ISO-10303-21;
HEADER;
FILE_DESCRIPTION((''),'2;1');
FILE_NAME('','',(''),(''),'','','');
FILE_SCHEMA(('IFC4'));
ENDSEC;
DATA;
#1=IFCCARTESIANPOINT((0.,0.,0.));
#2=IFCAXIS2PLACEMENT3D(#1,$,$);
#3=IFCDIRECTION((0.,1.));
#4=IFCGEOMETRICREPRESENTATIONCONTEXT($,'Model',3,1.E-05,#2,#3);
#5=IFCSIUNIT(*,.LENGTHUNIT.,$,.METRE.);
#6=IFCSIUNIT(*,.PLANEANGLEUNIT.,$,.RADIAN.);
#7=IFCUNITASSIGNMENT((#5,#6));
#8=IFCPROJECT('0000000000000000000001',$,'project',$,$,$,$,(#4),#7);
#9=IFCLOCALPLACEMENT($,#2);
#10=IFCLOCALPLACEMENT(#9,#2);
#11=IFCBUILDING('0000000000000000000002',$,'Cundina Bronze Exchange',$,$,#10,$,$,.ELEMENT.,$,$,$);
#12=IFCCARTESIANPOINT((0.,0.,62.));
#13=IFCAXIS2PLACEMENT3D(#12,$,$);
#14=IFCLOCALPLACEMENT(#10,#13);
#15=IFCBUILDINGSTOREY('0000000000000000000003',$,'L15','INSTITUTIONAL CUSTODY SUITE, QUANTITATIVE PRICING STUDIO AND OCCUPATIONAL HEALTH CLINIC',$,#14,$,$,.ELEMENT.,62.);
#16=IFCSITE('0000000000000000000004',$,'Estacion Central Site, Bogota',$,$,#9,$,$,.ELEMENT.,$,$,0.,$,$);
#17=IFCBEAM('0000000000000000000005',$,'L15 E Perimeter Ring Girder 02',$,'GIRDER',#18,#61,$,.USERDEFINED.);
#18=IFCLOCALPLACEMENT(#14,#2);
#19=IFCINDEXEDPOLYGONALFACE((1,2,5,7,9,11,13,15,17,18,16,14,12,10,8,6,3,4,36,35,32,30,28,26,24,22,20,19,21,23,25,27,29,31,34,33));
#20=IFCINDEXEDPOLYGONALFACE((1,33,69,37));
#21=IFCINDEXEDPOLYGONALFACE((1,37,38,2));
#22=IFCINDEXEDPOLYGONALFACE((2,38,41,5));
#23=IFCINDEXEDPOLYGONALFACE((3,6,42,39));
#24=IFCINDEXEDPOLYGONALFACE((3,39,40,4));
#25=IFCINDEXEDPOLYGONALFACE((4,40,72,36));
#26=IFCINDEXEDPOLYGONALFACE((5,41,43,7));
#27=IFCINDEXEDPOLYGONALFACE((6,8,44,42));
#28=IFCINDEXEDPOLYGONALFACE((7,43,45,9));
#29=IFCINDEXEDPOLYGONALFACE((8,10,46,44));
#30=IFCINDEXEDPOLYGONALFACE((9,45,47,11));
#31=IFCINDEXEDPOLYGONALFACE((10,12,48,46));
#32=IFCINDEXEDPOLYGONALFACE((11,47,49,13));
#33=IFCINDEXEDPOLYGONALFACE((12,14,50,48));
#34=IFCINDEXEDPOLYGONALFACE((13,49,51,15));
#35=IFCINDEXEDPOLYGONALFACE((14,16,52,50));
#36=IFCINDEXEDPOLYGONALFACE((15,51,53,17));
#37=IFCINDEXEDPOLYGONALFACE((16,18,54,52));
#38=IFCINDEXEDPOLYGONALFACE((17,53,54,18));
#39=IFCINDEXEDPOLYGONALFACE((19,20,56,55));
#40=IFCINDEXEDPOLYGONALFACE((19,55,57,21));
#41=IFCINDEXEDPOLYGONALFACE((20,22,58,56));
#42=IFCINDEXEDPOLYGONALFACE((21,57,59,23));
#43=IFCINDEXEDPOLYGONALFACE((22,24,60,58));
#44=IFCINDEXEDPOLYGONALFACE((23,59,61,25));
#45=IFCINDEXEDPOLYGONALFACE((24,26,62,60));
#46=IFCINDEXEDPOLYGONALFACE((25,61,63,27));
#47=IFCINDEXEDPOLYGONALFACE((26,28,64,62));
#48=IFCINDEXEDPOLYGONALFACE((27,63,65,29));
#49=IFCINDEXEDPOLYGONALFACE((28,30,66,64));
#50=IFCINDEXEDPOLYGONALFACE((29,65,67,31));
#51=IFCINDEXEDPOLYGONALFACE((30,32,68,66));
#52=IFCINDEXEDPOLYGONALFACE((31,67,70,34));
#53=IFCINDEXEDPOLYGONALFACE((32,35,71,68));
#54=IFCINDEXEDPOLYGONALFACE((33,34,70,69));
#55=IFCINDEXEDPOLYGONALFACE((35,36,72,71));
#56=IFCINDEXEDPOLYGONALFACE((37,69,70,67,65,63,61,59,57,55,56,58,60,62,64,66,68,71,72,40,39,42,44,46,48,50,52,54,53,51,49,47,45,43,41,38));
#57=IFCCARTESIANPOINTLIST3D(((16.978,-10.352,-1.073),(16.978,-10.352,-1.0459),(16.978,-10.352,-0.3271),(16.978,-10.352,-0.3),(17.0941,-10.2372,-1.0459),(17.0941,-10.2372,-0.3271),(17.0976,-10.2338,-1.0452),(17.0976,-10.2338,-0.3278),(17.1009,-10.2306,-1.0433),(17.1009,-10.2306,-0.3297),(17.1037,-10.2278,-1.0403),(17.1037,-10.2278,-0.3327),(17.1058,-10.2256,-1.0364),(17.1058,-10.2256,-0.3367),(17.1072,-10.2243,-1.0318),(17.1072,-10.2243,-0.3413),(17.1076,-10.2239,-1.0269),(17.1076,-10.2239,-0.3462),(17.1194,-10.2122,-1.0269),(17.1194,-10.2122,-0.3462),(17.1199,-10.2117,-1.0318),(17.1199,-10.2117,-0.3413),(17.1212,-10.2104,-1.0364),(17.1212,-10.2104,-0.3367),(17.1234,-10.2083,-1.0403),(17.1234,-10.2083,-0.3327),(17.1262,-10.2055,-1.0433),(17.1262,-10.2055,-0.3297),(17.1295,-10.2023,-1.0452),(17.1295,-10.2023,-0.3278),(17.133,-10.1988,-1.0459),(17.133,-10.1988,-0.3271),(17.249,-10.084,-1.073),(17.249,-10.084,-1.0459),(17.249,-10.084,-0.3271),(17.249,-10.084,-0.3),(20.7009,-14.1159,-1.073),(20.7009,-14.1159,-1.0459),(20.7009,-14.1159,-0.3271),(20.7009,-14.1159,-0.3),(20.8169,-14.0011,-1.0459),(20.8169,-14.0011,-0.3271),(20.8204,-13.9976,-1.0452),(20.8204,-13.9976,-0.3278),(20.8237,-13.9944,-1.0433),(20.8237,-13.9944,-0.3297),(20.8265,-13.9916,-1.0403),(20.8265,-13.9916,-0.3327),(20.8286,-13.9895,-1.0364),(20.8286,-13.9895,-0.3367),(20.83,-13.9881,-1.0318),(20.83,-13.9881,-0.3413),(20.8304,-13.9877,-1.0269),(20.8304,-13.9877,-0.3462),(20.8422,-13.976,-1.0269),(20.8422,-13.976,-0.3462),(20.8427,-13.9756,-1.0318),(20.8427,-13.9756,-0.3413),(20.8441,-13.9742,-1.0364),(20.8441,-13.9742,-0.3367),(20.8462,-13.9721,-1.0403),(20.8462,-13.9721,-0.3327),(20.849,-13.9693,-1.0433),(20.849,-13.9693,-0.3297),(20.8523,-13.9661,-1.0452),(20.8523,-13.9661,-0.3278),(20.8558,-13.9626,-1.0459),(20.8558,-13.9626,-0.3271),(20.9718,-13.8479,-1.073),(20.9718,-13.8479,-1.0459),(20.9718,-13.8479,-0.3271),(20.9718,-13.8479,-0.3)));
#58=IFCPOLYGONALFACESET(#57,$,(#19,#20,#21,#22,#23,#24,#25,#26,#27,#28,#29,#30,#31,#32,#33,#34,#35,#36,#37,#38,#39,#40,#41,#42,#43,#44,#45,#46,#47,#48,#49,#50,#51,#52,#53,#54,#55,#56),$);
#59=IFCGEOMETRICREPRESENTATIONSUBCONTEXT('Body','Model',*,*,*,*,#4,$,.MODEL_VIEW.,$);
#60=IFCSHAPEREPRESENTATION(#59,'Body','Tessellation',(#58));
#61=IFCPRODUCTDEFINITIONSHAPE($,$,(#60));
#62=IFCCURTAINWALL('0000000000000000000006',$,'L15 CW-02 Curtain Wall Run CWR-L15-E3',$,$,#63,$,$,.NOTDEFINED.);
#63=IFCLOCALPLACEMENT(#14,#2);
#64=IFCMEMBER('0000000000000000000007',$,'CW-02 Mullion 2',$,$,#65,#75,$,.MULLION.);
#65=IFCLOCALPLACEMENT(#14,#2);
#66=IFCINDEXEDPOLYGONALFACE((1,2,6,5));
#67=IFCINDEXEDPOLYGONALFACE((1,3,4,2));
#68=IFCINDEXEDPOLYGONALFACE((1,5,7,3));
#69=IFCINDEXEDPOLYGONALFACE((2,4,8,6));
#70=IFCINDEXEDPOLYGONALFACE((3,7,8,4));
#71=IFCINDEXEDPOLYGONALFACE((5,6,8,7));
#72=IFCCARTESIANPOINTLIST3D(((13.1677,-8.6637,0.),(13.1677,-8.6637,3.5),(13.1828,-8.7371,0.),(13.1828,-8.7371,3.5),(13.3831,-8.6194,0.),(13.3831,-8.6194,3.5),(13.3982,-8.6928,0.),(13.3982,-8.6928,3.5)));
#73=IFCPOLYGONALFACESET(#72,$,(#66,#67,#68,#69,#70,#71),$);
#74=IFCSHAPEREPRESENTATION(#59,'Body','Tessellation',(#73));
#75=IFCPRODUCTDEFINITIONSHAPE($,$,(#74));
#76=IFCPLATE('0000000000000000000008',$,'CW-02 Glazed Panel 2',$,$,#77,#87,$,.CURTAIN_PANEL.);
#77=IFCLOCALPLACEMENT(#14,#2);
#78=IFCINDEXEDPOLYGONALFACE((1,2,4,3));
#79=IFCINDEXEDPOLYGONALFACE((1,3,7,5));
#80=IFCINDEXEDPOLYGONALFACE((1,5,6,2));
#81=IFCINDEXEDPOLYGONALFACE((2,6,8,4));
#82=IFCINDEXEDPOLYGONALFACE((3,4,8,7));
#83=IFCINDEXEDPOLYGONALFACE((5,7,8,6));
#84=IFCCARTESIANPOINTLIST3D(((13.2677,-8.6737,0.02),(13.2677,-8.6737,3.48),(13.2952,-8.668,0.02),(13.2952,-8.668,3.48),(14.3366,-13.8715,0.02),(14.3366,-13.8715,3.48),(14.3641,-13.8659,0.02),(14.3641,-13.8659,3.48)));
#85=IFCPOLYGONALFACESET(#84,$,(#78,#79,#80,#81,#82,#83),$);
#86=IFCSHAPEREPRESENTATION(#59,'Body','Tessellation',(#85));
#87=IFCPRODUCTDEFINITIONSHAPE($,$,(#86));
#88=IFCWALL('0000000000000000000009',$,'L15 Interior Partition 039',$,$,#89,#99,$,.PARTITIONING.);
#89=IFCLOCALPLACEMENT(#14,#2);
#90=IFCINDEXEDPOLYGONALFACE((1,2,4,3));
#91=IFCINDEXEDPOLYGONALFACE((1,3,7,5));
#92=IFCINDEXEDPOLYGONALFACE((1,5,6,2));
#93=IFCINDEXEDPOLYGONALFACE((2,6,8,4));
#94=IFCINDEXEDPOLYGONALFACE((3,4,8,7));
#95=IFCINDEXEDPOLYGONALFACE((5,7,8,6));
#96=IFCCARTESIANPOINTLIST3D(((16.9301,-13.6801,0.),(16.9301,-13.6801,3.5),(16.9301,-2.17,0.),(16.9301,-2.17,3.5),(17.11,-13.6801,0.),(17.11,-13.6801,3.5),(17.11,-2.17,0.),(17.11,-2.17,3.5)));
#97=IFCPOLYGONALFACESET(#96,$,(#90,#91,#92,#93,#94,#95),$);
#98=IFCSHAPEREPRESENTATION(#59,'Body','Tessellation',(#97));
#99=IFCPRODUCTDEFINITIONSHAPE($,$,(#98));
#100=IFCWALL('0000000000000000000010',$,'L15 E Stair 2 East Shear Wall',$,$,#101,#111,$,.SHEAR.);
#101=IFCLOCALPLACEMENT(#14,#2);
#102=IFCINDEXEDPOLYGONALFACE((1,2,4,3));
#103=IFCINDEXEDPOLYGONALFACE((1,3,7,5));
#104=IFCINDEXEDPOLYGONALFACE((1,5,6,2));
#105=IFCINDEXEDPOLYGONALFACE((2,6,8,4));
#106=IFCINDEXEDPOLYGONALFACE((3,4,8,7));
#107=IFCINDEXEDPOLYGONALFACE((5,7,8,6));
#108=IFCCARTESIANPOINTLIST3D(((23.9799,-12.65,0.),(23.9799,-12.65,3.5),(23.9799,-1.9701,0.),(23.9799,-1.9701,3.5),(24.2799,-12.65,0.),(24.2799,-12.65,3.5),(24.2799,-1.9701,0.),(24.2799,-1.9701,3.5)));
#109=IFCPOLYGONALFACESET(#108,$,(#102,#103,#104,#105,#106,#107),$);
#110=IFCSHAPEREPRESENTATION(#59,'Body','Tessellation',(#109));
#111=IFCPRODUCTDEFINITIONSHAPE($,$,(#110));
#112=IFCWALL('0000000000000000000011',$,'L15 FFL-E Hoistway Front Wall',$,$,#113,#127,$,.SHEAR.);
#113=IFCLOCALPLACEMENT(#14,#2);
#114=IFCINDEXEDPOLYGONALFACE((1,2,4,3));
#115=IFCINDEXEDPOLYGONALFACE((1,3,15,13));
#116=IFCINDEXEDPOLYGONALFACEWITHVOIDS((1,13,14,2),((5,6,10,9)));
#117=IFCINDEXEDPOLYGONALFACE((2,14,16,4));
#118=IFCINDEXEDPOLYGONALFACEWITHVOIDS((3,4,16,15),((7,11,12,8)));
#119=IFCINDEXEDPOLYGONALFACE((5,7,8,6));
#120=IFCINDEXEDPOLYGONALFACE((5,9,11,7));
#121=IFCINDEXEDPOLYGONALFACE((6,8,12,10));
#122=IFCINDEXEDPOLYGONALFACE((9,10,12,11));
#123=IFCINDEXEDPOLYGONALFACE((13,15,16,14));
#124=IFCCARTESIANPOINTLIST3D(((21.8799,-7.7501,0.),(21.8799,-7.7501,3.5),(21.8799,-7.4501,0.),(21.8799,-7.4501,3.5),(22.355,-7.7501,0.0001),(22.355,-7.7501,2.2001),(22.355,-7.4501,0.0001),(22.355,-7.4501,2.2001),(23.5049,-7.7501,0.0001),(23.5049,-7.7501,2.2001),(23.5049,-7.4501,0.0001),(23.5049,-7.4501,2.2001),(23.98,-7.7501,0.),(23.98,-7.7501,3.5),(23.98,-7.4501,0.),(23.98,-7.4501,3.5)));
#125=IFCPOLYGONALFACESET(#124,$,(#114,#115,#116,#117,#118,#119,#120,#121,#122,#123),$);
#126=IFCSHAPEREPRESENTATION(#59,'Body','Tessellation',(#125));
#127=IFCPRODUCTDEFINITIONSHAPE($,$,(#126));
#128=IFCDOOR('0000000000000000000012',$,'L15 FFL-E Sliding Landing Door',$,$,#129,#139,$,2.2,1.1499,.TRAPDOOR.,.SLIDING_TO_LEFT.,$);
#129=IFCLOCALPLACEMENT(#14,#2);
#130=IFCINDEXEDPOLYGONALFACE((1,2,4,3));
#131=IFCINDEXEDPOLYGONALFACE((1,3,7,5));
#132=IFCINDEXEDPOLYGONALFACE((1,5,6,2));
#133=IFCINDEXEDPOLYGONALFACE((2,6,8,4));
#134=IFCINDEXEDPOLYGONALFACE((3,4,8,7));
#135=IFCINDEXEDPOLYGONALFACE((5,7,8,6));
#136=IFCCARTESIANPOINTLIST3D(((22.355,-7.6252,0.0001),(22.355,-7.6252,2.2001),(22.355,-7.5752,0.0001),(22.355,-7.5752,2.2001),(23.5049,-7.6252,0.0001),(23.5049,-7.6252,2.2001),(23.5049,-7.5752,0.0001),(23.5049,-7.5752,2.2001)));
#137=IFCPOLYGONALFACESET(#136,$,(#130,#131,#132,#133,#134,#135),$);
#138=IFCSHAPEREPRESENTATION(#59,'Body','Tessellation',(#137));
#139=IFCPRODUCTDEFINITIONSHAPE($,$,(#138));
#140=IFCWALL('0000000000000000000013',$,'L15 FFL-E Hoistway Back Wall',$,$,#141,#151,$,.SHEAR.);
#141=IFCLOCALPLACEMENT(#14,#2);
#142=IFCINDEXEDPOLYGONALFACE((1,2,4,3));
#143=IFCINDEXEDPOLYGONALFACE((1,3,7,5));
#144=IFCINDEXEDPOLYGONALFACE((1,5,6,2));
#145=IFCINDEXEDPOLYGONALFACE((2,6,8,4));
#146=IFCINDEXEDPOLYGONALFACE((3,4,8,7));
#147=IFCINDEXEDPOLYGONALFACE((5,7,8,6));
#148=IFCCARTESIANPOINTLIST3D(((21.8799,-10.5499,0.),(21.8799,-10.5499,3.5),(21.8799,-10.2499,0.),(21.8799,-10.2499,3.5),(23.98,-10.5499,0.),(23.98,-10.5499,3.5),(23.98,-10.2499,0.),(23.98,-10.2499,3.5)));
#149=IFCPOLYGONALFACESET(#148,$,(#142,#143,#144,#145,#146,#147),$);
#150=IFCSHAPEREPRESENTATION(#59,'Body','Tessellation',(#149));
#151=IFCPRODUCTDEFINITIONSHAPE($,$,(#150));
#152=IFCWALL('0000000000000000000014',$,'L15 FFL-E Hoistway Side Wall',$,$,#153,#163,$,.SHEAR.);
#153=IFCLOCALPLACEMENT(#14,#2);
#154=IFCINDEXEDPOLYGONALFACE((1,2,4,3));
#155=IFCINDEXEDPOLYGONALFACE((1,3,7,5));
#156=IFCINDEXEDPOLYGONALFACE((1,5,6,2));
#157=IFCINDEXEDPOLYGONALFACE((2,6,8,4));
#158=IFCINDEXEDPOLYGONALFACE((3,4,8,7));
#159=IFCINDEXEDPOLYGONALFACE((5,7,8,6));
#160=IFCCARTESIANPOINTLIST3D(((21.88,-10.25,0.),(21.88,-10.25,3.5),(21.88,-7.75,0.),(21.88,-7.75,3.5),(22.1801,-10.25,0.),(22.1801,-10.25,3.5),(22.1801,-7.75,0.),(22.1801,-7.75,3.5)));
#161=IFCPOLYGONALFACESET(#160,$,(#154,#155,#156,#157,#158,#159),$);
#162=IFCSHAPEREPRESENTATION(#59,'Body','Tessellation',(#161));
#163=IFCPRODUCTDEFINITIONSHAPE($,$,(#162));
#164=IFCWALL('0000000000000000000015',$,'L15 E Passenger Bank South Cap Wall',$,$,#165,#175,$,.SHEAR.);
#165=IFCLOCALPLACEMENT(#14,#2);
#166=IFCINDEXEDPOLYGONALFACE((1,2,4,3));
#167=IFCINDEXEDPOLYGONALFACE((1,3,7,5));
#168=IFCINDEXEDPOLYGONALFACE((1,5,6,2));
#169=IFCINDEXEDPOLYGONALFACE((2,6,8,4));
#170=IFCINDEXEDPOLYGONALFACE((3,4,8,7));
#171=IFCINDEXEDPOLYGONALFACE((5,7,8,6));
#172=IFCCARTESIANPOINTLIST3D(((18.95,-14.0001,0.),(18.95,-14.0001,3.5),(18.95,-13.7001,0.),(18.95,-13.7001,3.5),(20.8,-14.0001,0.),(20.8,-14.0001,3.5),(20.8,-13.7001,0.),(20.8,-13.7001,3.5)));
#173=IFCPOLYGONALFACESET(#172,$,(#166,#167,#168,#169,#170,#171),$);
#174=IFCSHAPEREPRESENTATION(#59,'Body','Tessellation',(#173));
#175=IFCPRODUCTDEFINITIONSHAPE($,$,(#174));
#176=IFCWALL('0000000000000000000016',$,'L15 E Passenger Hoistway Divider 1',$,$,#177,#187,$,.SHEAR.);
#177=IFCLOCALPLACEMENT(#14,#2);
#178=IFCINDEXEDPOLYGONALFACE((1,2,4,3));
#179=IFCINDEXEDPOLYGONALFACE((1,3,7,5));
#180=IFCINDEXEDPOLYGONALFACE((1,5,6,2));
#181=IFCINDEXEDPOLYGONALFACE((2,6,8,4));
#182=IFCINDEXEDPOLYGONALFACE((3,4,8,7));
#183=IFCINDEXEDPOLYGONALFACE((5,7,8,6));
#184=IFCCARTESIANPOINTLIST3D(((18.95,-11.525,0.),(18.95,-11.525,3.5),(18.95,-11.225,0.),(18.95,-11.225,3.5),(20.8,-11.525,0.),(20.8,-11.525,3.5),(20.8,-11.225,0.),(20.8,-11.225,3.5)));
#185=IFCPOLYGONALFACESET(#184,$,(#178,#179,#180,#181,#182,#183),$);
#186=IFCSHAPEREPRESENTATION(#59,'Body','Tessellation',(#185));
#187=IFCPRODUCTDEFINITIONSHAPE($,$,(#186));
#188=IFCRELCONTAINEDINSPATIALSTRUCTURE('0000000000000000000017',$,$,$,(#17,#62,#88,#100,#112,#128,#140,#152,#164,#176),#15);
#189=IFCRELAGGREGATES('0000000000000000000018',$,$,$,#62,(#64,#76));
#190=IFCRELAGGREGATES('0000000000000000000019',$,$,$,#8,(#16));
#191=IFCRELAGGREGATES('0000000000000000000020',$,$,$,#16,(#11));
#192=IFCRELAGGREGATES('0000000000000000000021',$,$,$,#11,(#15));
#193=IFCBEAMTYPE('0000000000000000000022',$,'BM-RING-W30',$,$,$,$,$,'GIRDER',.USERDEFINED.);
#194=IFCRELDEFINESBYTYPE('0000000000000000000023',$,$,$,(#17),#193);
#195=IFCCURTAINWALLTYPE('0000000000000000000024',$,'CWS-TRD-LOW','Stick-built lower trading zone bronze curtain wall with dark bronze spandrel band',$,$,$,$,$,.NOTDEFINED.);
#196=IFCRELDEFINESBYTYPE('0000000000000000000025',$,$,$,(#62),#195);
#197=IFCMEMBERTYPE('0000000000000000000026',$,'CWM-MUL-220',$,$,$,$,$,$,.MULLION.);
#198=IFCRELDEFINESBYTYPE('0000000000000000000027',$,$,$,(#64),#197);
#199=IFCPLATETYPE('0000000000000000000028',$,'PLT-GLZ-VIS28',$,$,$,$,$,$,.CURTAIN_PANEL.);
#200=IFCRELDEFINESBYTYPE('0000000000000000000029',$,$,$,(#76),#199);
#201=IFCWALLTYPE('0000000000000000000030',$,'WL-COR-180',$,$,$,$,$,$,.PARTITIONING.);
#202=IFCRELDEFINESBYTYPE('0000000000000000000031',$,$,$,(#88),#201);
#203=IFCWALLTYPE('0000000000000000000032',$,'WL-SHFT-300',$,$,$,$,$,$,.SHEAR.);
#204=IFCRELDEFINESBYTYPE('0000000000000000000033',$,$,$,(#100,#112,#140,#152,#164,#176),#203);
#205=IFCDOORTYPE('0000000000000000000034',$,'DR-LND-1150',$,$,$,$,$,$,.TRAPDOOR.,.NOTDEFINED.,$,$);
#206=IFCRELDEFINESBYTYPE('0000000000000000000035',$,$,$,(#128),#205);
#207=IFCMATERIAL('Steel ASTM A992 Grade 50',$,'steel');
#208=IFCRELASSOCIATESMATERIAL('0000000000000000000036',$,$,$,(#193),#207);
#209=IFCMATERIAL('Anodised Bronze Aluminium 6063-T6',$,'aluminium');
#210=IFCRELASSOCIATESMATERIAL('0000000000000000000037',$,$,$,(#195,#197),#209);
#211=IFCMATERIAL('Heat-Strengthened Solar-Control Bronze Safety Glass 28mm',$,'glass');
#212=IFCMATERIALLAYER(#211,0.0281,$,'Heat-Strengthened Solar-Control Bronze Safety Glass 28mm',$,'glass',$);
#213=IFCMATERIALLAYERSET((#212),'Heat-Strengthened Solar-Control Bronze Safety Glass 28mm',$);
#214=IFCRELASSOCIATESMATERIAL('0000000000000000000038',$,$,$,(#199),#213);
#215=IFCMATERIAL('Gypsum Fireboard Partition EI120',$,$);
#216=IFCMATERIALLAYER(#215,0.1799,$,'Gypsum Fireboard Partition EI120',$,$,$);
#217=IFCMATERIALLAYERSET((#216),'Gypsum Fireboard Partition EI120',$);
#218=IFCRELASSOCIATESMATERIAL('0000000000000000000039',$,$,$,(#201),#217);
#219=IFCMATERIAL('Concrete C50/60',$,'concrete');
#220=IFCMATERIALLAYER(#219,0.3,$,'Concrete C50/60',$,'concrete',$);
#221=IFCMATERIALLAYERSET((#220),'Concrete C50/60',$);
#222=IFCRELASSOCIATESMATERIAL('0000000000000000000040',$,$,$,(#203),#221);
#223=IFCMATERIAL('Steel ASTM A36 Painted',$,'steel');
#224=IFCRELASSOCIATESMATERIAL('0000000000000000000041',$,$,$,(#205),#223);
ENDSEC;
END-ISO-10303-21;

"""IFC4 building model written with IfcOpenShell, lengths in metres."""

from ifc_helpers import new_model, si_unit, direction, frame, frame_2d, origin, origin_2d, place, context, subcontext, project, spatial, rectangle, i_section, extrude, material, layer, layer_set, material_profile, profile_set, type_object, element, fill, aggregate, save


model = new_model("IFC4")

# Units and contexts
model_context = context("Model", 3, precision=1e-05, world=origin(), true_north=direction((0.0, 1.0)))
body_context = subcontext(model_context, "Body", "Model", "MODEL_VIEW")
ifc_project = project(units=[si_unit("LENGTHUNIT", "METRE"), si_unit("PLANEANGLEUNIT", "RADIAN")], contexts=[model_context])

# Site, building, storey
site_placement = place(None, origin())
site = spatial("IfcSite", under=ifc_project, at=site_placement, Name="Estacion Central Site, Bogota", CompositionType="ELEMENT", RefElevation=0.0)
building_placement = place(site_placement, origin())
building = spatial("IfcBuilding", under=site, at=building_placement, Name="Cundina Bronze Exchange", CompositionType="ELEMENT")
storey_placement = place(building_placement, frame((0.0, 0.0, 62.0)))
storey = spatial("IfcBuildingStorey", under=building, at=storey_placement, Name="L15", Description="INSTITUTIONAL CUSTODY SUITE, QUANTITATIVE PRICING STUDIO AND OCCUPATIONAL HEALTH CLINIC", CompositionType="ELEMENT", Elevation=62.0)

# Beam
ifc_material_1 = material(Name="Steel ASTM A992 Grade 50", Category="steel")
ifc_material_profile_1 = material_profile(ifc_material_1, i_section(OverallWidth=0.3811, OverallDepth=0.7729, WebThickness=0.0166, FlangeThickness=0.0271, FilletRadius=0.019, at=origin_2d()), Name="W30X173", Category="steel")
ifc_profile_set_1 = profile_set([ifc_material_profile_1], Name="Steel ASTM A992 Grade 50")
beam_type_1 = type_object("IfcBeamType", Name="BM-RING-W30", ElementType="GIRDER", PredefinedType="USERDEFINED", material=ifc_profile_set_1)
beam_1_placement = place(storey_placement, frame((17.1135, -10.218, -0.6865), z_axis=(0.703222, -0.71097, 0.0), x_axis=(0.71097, 0.703222, 0.0)))
element("IfcBeam", 1, at=beam_1_placement, inside=storey, type_object=beam_type_1, Name="L15 E Perimeter Ring Girder 02", ObjectType="GIRDER", PredefinedType="USERDEFINED", context=body_context, shape_type="SweptSolid", body=[
    extrude(i_section(OverallWidth=0.3811, OverallDepth=0.7729, WebThickness=0.0166, FlangeThickness=0.0271, FilletRadius=0.019, at=origin_2d()), origin(), (0.0, 0.0, 1.0), 5.2939),
])

# Curtain wall, member, plate
ifc_material_2 = material(Name="Anodised Bronze Aluminium 6063-T6", Category="aluminium")
curtain_wall_type = type_object("IfcCurtainWallType", Name="CWS-TRD-LOW", Description="Stick-built lower trading zone bronze curtain wall with dark bronze spandrel band", PredefinedType="NOTDEFINED", material=ifc_material_2)
curtain_wall_placement = place(storey_placement, origin())
curtain_wall = element("IfcCurtainWall", 2, at=curtain_wall_placement, inside=storey, type_object=curtain_wall_type, Name="L15 CW-02 Curtain Wall Run CWR-L15-E3", PredefinedType="NOTDEFINED")
ifc_material_profile_2 = material_profile(ifc_material_2, rectangle(XDim=0.075, YDim=0.22, at=origin_2d()), Name="AL75X220", Category="aluminium")
ifc_profile_set_2 = profile_set([ifc_material_profile_2], Name="Anodised Bronze Aluminium 6063-T6")
member_type = type_object("IfcMemberType", Name="CWM-MUL-220", PredefinedType="MULLION", material=ifc_profile_set_2)
member_placement = place(storey_placement, frame((13.283, -8.6782, 0.0), z_axis=(0.0, 0.0, 1.0), x_axis=(0.20142, -0.979505, 0.0)))
member = element("IfcMember", 3, at=member_placement, type_object=member_type, Name="CW-02 Mullion 2", PredefinedType="MULLION", context=body_context, shape_type="SweptSolid", body=[
    extrude(rectangle(XDim=0.075, YDim=0.22, at=origin_2d()), origin(), (0.0, 0.0, 1.0), 3.5),
])
ifc_material_3 = material(Name="Heat-Strengthened Solar-Control Bronze Safety Glass 28mm", Category="glass")
ifc_layer_1 = layer(ifc_material_3, 0.0281, Name="Heat-Strengthened Solar-Control Bronze Safety Glass 28mm", Category="glass")
ifc_layer_set_1 = layer_set([ifc_layer_1], Name="Heat-Strengthened Solar-Control Bronze Safety Glass 28mm")
plate_type = type_object("IfcPlateType", Name="PLT-GLZ-VIS28", PredefinedType="CURTAIN_PANEL", material=ifc_layer_set_1)
plate_placement = place(storey_placement, frame((13.8159, -11.2698, 0.02), z_axis=(0.0, 0.0, 1.0), x_axis=(0.20142, -0.979505, 0.0)))
plate = element("IfcPlate", 4, at=plate_placement, type_object=plate_type, Name="CW-02 Glazed Panel 2", PredefinedType="CURTAIN_PANEL", context=body_context, shape_type="SweptSolid", body=[
    extrude(rectangle(XDim=5.3066, YDim=0.0281, at=origin_2d()), origin(), (0.0, 0.0, 1.0), 3.46),
])
aggregate(curtain_wall, [member, plate])

# Walls
ifc_material_4 = material(Name="Gypsum Fireboard Partition EI120")
ifc_layer_2 = layer(ifc_material_4, 0.1799, Name="Gypsum Fireboard Partition EI120")
ifc_layer_set_2 = layer_set([ifc_layer_2], Name="Gypsum Fireboard Partition EI120")
wall_type_1 = type_object("IfcWallType", Name="WL-COR-180", PredefinedType="PARTITIONING", material=ifc_layer_set_2)
wall_1_placement = place(storey_placement, frame((17.02, -13.6799, 0.0), z_axis=(0.0, 0.0, 1.0), x_axis=(0.0, 1.0, 0.0)))
element("IfcWall", 5, at=wall_1_placement, inside=storey, type_object=wall_type_1, Name="L15 Interior Partition 039", PredefinedType="PARTITIONING", context=body_context, shape_type="SweptSolid", body=[
    extrude(rectangle(XDim=11.51, YDim=0.1799, at=frame_2d((5.7549, 0.0))), origin(), (0.0, 0.0, 1.0), 3.5),
])
ifc_material_5 = material(Name="Concrete C50/60", Category="concrete")
ifc_layer_3 = layer(ifc_material_5, 0.3, Name="Concrete C50/60", Category="concrete")
ifc_layer_set_3 = layer_set([ifc_layer_3], Name="Concrete C50/60")
wall_type_2 = type_object("IfcWallType", Name="WL-SHFT-300", PredefinedType="SHEAR", material=ifc_layer_set_3)
wall_2_placement = place(storey_placement, frame((24.1299, -12.6499, 0.0), z_axis=(0.0, 0.0, 1.0), x_axis=(0.0, 1.0, 0.0)))
element("IfcWall", 6, at=wall_2_placement, inside=storey, type_object=wall_type_2, Name="L15 E Stair 2 East Shear Wall", PredefinedType="SHEAR", context=body_context, shape_type="SweptSolid", body=[
    extrude(rectangle(XDim=10.6799, YDim=0.3, at=frame_2d((5.3398, 0.0))), origin(), (0.0, 0.0, 1.0), 3.5),
])

# Wall, opening, door
ifc_material_6 = material(Name="Steel ASTM A36 Painted", Category="steel")
wall_3_placement = place(storey_placement, frame((21.8799, -7.6001, 0.0), z_axis=(0.0, 0.0, 1.0), x_axis=(1.0, 0.0, 0.0)))
wall_3 = element("IfcWall", 7, at=wall_3_placement, inside=storey, type_object=wall_type_2, Name="L15 FFL-E Hoistway Front Wall", PredefinedType="SHEAR", context=body_context, shape_type="SweptSolid", body=[
    extrude(rectangle(XDim=2.1001, YDim=0.3, at=frame_2d((1.05, 0.0))), origin(), (0.0, 0.0, 1.0), 3.5),
])
opening_1_placement = place(wall_3_placement, frame((0.4751, 0.0, 0.0)))
opening_1 = element("IfcOpeningElement", 8, at=opening_1_placement, cuts=wall_3, PredefinedType="OPENING", context=body_context, shape_type="SweptSolid", body=[
    extrude(rectangle(XDim=1.1499, YDim=2.2, at=frame_2d((0.575, 1.1001))), frame((0.0, 0.1599, 0.0), z_axis=(0.0, -1.0, 0.0), x_axis=(1.0, 0.0, 0.0)), (0.0, 0.0, 1.0), 0.3201),
])
door_type_1 = type_object("IfcDoorType", Name="DR-LND-1150", OperationType="NOTDEFINED", PredefinedType="TRAPDOOR", material=ifc_material_6)
door_1_placement = place(opening_1_placement, origin())
door_1 = element("IfcDoor", 9, at=door_1_placement, inside=storey, type_object=door_type_1, Name="L15 FFL-E Sliding Landing Door", OperationType="SLIDING_TO_LEFT", OverallHeight=2.2, OverallWidth=1.1499, PredefinedType="TRAPDOOR", context=body_context, shape_type="SweptSolid", body=[
    extrude(rectangle(XDim=1.1499, YDim=2.2, at=frame_2d((0.575, 1.1001))), frame((0.0, 0.0249, 0.0), z_axis=(0.0, -1.0, 0.0), x_axis=(1.0, 0.0, 0.0)), (0.0, 0.0, 1.0), 0.05),
])
fill(opening_1, door_1)

# Walls
wall_4_placement = place(storey_placement, frame((21.8799, -10.3999, 0.0), z_axis=(0.0, 0.0, 1.0), x_axis=(1.0, 0.0, 0.0)))
element("IfcWall", 10, at=wall_4_placement, inside=storey, type_object=wall_type_2, Name="L15 FFL-E Hoistway Back Wall", PredefinedType="SHEAR", context=body_context, shape_type="SweptSolid", body=[
    extrude(rectangle(XDim=2.1001, YDim=0.3, at=frame_2d((1.05, 0.0))), origin(), (0.0, 0.0, 1.0), 3.5),
])
wall_5_placement = place(storey_placement, frame((22.03, -10.25, 0.0), z_axis=(0.0, 0.0, 1.0), x_axis=(0.0, 1.0, 0.0)))
element("IfcWall", 11, at=wall_5_placement, inside=storey, type_object=wall_type_2, Name="L15 FFL-E Hoistway Side Wall", PredefinedType="SHEAR", context=body_context, shape_type="SweptSolid", body=[
    extrude(rectangle(XDim=2.5, YDim=0.3, at=frame_2d((1.25, 0.0))), origin(), (0.0, 0.0, 1.0), 3.5),
])
for number, where, z_axis, x_axis, name in (
    (12, (18.95, -13.8501, 0.0), (0.0, 0.0, 1.0), (1.0, 0.0, 0.0), "L15 E Passenger Bank South Cap Wall"),
    (13, (18.95, -11.375, 0.0), (0.0, 0.0, 1.0), (1.0, 0.0, 0.0), "L15 E Passenger Hoistway Divider 1"),
):
    element("IfcWall", number, at=place(storey_placement, frame(where, z_axis=z_axis, x_axis=x_axis)), inside=storey, type_object=wall_type_2, Name=name, PredefinedType="SHEAR", context=body_context, shape_type="SweptSolid", body=[
        extrude(rectangle(XDim=1.8501, YDim=0.3, at=frame_2d((0.925, 0.0))), origin(), (0.0, 0.0, 1.0), 3.5),
    ])

save(model, "model.ifc")
